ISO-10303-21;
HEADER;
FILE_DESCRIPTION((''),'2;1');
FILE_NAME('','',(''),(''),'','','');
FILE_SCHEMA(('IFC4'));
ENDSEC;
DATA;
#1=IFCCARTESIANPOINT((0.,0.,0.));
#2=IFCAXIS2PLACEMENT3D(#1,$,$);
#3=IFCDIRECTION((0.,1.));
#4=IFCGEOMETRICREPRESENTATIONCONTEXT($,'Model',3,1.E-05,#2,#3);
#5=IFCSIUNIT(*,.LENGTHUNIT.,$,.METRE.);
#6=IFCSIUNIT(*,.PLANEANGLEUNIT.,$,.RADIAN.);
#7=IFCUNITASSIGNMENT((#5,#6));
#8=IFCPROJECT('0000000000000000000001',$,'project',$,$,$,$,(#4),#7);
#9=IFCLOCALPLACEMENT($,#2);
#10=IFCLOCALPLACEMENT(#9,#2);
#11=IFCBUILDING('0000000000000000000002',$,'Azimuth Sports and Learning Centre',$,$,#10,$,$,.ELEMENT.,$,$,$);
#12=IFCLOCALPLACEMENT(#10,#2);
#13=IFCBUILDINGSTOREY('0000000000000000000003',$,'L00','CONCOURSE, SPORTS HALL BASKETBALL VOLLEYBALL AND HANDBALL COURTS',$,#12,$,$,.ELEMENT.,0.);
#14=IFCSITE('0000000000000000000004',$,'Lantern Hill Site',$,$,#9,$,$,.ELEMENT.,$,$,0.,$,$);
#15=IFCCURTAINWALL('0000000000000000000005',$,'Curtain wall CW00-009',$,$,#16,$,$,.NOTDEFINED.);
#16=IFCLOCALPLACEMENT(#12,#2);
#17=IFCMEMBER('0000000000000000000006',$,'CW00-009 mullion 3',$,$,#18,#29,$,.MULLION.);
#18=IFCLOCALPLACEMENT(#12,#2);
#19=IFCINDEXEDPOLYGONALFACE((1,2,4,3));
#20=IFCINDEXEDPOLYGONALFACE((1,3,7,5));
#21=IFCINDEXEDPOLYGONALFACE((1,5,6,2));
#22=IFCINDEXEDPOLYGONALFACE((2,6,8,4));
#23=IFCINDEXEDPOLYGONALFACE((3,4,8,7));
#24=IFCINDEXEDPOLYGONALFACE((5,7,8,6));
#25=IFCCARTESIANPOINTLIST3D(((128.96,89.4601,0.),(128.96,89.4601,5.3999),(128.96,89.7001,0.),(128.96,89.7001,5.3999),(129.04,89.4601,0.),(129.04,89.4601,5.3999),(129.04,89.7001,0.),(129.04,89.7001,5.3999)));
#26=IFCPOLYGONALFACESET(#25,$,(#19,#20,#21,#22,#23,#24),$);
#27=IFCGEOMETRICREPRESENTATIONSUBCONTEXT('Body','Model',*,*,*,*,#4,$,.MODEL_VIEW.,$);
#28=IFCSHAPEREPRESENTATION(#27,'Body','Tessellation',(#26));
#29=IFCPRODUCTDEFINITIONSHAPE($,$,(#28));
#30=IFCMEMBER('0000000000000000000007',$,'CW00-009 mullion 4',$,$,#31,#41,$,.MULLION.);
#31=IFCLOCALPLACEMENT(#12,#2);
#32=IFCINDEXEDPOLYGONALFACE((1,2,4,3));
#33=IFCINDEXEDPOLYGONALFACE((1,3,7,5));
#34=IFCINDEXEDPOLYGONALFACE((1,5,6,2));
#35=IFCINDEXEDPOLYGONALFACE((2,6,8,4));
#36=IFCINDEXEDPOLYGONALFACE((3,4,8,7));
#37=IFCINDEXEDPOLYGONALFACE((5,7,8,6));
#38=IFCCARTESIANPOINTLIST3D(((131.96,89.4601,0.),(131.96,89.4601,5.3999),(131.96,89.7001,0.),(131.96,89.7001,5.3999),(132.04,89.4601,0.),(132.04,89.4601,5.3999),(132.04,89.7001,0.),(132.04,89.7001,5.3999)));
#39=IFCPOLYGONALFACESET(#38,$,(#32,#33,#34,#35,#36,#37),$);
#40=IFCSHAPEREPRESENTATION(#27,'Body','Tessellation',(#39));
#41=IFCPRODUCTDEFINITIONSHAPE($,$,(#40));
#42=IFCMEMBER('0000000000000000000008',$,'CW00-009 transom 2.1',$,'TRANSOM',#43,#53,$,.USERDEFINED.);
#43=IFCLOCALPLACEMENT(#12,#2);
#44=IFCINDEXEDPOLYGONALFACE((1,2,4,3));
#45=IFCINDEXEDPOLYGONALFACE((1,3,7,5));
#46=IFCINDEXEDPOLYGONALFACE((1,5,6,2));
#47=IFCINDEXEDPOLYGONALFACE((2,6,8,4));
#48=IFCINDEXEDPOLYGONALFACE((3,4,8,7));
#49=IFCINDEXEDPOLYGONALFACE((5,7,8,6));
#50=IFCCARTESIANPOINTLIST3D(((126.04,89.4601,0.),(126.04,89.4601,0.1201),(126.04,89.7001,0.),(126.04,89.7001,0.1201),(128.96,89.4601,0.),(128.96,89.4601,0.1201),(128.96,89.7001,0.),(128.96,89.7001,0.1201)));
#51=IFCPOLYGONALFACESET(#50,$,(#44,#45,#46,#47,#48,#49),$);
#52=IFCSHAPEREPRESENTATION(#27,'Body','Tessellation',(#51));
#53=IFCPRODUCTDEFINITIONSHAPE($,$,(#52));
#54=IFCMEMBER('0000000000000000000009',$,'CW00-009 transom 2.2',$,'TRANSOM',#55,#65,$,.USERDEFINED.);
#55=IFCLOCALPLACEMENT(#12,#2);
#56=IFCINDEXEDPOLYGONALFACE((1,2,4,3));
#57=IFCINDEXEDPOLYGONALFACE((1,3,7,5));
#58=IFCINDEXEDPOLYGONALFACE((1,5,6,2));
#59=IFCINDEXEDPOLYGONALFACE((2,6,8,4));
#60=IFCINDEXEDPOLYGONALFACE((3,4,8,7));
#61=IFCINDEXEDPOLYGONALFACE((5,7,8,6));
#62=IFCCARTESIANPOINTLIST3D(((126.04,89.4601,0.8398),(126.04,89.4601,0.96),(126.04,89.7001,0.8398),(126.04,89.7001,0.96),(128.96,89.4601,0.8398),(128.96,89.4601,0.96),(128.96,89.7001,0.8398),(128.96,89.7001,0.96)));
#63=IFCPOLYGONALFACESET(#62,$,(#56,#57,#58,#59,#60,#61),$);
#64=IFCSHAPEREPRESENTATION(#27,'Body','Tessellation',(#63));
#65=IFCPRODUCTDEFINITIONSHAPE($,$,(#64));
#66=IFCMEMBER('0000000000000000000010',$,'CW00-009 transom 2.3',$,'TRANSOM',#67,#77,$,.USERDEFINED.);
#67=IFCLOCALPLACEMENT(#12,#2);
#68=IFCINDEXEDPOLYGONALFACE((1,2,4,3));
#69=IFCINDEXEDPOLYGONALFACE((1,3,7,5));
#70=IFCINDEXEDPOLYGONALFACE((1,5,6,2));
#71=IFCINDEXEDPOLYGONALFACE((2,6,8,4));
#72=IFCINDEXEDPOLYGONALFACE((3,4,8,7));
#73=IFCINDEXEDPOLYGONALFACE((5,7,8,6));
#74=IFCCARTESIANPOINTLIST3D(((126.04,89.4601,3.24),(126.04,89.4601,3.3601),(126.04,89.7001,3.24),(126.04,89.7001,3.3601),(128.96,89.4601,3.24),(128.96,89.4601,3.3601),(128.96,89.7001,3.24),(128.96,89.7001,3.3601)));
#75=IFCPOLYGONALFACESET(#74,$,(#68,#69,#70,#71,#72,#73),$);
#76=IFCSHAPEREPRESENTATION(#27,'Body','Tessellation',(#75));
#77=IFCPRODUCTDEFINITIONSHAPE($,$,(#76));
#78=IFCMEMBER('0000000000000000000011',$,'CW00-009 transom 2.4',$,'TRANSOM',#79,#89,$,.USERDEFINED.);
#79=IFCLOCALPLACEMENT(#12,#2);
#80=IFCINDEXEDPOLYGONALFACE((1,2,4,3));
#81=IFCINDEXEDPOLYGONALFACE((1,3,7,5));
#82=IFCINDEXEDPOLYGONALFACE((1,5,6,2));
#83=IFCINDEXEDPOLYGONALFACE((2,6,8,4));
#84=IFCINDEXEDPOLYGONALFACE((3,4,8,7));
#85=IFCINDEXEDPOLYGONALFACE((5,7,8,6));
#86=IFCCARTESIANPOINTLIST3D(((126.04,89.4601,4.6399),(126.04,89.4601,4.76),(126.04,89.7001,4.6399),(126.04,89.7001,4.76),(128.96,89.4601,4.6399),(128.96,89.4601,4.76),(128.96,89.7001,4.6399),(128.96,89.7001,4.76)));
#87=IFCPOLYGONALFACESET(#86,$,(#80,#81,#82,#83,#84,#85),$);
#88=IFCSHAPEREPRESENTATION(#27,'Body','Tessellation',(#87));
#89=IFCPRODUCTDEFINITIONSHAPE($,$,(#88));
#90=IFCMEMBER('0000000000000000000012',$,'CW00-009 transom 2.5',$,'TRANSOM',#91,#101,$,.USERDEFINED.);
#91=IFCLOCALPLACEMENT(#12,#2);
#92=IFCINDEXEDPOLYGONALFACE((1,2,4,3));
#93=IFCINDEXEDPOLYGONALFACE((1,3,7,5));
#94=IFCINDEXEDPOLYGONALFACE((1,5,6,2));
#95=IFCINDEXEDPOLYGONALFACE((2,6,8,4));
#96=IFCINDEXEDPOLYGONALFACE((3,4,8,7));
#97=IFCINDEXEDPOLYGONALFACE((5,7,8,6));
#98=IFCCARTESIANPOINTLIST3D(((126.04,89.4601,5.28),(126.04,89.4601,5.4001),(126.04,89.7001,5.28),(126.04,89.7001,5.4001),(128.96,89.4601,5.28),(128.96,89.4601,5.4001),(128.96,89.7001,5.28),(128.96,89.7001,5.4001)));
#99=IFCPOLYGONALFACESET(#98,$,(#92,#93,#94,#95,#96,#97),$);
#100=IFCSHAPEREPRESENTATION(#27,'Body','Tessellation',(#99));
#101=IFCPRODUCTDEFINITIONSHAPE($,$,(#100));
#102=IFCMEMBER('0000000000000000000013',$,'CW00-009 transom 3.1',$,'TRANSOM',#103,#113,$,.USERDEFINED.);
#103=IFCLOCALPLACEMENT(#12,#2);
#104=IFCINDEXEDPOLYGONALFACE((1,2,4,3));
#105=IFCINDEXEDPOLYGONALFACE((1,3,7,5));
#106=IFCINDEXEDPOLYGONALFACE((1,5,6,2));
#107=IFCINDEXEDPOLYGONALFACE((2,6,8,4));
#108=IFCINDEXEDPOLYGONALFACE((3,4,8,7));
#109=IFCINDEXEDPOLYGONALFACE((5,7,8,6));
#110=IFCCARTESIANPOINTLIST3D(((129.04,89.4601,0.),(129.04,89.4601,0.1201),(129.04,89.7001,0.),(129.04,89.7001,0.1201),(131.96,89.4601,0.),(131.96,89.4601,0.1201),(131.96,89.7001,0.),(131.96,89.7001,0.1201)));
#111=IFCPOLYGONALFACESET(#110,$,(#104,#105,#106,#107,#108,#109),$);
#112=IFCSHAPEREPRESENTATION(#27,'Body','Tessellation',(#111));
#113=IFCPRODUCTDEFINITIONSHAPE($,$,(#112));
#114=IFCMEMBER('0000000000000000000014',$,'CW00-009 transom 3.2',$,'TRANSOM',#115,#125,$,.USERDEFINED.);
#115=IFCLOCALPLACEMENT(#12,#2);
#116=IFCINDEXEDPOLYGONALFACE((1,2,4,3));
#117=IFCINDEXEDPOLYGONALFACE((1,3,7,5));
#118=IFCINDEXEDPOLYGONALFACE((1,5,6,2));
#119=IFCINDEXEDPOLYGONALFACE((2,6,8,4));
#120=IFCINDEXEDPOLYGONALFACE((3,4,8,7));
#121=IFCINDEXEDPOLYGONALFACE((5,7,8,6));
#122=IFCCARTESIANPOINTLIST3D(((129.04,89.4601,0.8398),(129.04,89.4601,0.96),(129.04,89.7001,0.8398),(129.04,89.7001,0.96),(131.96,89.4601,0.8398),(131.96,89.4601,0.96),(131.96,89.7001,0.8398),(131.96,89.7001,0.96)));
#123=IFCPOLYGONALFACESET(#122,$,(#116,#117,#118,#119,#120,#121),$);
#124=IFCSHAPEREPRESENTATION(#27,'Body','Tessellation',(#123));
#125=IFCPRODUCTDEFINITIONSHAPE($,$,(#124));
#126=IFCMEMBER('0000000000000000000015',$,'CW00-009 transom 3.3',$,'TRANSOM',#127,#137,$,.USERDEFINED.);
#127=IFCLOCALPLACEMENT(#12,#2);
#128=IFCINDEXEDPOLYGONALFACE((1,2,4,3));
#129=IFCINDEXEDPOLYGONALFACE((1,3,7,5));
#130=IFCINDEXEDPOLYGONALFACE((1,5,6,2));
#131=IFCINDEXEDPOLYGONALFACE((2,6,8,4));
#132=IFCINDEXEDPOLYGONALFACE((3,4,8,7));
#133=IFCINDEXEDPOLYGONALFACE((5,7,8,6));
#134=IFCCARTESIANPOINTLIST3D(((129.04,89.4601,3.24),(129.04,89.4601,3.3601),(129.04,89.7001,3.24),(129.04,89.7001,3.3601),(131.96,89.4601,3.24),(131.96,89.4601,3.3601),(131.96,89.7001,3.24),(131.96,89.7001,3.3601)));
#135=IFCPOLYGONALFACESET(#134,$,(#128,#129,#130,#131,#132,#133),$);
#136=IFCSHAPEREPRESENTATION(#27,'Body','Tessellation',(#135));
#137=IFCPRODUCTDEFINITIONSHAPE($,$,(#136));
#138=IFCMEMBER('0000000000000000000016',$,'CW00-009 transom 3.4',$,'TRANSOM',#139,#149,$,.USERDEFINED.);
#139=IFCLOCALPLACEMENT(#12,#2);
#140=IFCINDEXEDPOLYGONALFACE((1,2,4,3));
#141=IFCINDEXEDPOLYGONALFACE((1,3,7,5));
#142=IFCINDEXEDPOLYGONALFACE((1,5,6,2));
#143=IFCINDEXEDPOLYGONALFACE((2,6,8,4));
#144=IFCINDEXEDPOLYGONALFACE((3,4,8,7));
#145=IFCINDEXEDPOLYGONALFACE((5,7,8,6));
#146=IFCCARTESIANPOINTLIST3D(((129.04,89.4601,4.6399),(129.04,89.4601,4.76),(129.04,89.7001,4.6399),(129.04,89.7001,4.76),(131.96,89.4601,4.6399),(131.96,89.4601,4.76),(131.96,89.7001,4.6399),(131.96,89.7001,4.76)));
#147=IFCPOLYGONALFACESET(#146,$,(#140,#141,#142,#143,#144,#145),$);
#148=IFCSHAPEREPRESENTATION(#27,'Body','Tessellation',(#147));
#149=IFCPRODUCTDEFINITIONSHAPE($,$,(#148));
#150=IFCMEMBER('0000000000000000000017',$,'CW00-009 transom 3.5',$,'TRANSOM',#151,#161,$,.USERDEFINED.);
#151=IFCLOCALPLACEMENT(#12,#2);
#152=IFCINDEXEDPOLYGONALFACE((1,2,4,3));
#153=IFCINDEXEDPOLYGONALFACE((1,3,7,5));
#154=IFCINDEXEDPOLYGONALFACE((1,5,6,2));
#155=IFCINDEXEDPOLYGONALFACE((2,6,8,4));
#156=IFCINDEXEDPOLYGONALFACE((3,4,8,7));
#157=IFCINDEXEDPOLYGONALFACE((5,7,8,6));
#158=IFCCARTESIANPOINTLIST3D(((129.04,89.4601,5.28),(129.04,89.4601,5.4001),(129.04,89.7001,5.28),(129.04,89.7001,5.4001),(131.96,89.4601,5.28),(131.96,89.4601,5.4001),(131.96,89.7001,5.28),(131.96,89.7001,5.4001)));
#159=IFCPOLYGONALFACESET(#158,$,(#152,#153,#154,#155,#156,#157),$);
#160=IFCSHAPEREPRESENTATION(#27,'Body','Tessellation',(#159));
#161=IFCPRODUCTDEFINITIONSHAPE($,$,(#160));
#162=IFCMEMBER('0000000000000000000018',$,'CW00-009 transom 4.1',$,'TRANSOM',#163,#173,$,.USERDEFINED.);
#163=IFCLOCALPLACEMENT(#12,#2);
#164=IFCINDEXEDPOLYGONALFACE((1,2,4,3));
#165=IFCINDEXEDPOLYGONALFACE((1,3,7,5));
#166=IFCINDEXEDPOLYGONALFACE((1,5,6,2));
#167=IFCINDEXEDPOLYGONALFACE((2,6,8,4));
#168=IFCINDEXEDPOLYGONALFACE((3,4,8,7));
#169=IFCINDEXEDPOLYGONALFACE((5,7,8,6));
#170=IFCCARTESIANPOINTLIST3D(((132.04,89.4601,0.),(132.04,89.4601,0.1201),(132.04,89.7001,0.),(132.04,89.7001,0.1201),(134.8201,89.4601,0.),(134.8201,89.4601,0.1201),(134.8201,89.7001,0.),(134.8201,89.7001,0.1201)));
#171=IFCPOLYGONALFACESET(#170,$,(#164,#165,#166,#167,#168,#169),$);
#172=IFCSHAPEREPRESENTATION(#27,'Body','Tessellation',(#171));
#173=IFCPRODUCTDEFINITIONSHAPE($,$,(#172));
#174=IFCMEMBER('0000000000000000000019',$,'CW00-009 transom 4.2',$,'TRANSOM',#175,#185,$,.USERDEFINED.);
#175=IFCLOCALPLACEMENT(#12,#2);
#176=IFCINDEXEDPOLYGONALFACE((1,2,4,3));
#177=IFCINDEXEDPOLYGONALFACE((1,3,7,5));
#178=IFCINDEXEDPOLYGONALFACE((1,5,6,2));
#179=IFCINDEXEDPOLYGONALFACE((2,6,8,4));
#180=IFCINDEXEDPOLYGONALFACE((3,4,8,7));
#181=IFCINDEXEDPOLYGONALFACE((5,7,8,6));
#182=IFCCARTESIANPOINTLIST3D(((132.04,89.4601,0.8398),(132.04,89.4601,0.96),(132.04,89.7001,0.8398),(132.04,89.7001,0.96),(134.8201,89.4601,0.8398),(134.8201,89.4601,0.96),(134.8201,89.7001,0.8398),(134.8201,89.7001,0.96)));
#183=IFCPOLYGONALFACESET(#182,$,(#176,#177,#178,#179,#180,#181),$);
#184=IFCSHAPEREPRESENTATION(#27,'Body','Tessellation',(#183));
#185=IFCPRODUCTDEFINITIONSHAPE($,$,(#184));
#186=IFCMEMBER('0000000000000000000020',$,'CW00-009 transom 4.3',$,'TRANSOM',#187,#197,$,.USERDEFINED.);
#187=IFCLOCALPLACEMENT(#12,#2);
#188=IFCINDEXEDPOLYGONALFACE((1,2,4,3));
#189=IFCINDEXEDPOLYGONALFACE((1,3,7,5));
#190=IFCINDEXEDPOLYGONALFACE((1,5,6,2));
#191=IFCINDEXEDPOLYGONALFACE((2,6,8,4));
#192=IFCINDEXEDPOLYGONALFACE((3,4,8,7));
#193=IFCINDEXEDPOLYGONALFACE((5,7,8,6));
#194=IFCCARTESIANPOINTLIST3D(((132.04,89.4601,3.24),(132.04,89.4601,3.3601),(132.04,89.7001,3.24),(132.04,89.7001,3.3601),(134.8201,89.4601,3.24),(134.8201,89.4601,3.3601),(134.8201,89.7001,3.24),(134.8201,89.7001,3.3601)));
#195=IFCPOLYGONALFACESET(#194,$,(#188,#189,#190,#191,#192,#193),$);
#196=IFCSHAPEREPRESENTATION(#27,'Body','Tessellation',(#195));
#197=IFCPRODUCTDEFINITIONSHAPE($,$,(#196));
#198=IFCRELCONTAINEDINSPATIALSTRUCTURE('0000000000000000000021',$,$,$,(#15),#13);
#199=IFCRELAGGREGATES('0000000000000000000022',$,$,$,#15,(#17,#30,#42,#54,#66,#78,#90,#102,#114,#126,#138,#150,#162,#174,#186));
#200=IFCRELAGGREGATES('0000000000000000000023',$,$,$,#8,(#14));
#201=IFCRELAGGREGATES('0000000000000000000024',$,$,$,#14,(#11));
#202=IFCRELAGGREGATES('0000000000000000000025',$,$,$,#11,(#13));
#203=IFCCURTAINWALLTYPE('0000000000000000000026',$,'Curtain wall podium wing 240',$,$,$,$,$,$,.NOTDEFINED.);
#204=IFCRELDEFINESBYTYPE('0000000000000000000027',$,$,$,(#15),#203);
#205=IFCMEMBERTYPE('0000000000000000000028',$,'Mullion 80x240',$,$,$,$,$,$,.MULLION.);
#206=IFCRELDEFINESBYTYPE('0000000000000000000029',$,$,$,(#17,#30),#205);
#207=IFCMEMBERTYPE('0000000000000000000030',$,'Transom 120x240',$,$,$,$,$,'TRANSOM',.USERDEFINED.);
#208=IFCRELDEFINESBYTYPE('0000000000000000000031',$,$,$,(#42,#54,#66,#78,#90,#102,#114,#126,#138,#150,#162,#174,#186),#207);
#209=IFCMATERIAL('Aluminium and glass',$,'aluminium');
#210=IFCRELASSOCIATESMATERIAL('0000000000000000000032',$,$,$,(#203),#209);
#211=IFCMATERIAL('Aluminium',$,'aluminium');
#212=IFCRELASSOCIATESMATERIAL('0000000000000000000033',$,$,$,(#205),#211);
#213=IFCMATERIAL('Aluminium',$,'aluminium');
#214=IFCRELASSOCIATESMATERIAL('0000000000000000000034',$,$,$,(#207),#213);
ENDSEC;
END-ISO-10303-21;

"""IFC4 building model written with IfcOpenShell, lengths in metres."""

from ifc_helpers import new_model, si_unit, direction, frame, origin, origin_2d, place, context, subcontext, project, spatial, rectangle, extrude, material, material_profile, profile_set, type_object, element, aggregate, save


model = new_model("IFC4")

# Units and contexts
model_context = context("Model", 3, precision=1e-05, world=origin(), true_north=direction((0.0, 1.0)))
body_context = subcontext(model_context, "Body", "Model", "MODEL_VIEW")
ifc_project = project(units=[si_unit("LENGTHUNIT", "METRE"), si_unit("PLANEANGLEUNIT", "RADIAN")], contexts=[model_context])

# Site, building, storey
site_placement = place(None, origin())
site = spatial("IfcSite", under=ifc_project, at=site_placement, Name="Lantern Hill Site", CompositionType="ELEMENT", RefElevation=0.0)
building_placement = place(site_placement, origin())
building = spatial("IfcBuilding", under=site, at=building_placement, Name="Azimuth Sports and Learning Centre", CompositionType="ELEMENT")
storey_placement = place(building_placement, origin())
storey = spatial("IfcBuildingStorey", under=building, at=storey_placement, Name="L00", Description="CONCOURSE, SPORTS HALL BASKETBALL VOLLEYBALL AND HANDBALL COURTS", CompositionType="ELEMENT", Elevation=0.0)

# Curtain wall, members
ifc_material_1 = material(Name="Aluminium and glass", Category="aluminium")
curtain_wall_type = type_object("IfcCurtainWallType", Name="Curtain wall podium wing 240", PredefinedType="NOTDEFINED", material=ifc_material_1)
curtain_wall_placement = place(storey_placement, origin())
curtain_wall = element("IfcCurtainWall", 1, at=curtain_wall_placement, inside=storey, type_object=curtain_wall_type, Name="Curtain wall CW00-009", PredefinedType="NOTDEFINED")
ifc_material_2 = material(Name="Aluminium", Category="aluminium")
ifc_material_profile_1 = material_profile(ifc_material_2, rectangle(XDim=0.24, YDim=0.0801, at=origin_2d()), Name="Mullion 80x240")
ifc_profile_set_1 = profile_set([ifc_material_profile_1], Name="Aluminium")
member_type_1 = type_object("IfcMemberType", Name="Mullion 80x240", PredefinedType="MULLION", material=ifc_profile_set_1)
member_1_placement = place(storey_placement, frame((129.0, 89.5801, 0.0), z_axis=(0.0, 0.0, 1.0), x_axis=(0.0, 1.0, 0.0)))
member_1 = element("IfcMember", 2, at=member_1_placement, type_object=member_type_1, Name="CW00-009 mullion 3", PredefinedType="MULLION", context=body_context, shape_type="SweptSolid", body=[
    extrude(rectangle(XDim=0.24, YDim=0.0801, at=origin_2d()), origin(), (0.0, 0.0, 1.0), 5.3999),
])
member_2_placement = place(storey_placement, frame((132.0, 89.5801, 0.0), z_axis=(0.0, 0.0, 1.0), x_axis=(0.0, 1.0, 0.0)))
member_2 = element("IfcMember", 3, at=member_2_placement, type_object=member_type_1, Name="CW00-009 mullion 4", PredefinedType="MULLION", context=body_context, shape_type="SweptSolid", body=[
    extrude(rectangle(XDim=0.24, YDim=0.0801, at=origin_2d()), origin(), (0.0, 0.0, 1.0), 5.3999),
])
ifc_material_3 = material(Name="Aluminium", Category="aluminium")
ifc_material_profile_2 = material_profile(ifc_material_3, rectangle(XDim=0.24, YDim=0.1201, at=origin_2d()), Name="Transom 120x240")
ifc_profile_set_2 = profile_set([ifc_material_profile_2], Name="Aluminium")
member_type_2 = type_object("IfcMemberType", Name="Transom 120x240", ElementType="TRANSOM", PredefinedType="USERDEFINED", material=ifc_profile_set_2)
member_3_placement = place(storey_placement, frame((126.04, 89.5801, 0.0601), z_axis=(1.0, 0.0, 0.0), x_axis=(0.0, 1.0, 0.0)))
member_3 = element("IfcMember", 4, at=member_3_placement, type_object=member_type_2, Name="CW00-009 transom 2.1", ObjectType="TRANSOM", PredefinedType="USERDEFINED", context=body_context, shape_type="SweptSolid", body=[
    extrude(rectangle(XDim=0.24, YDim=0.1201, at=origin_2d()), origin(), (0.0, 0.0, 1.0), 2.9199),
])
member_4_placement = place(storey_placement, frame((126.04, 89.5801, 0.8999), z_axis=(1.0, 0.0, 0.0), x_axis=(0.0, 1.0, 0.0)))
member_4 = element("IfcMember", 5, at=member_4_placement, type_object=member_type_2, Name="CW00-009 transom 2.2", ObjectType="TRANSOM", PredefinedType="USERDEFINED", context=body_context, shape_type="SweptSolid", body=[
    extrude(rectangle(XDim=0.24, YDim=0.1201, at=origin_2d()), origin(), (0.0, 0.0, 1.0), 2.9199),
])
member_5_placement = place(storey_placement, frame((126.04, 89.5801, 3.3), z_axis=(1.0, 0.0, 0.0), x_axis=(0.0, 1.0, 0.0)))
member_5 = element("IfcMember", 6, at=member_5_placement, type_object=member_type_2, Name="CW00-009 transom 2.3", ObjectType="TRANSOM", PredefinedType="USERDEFINED", context=body_context, shape_type="SweptSolid", body=[
    extrude(rectangle(XDim=0.24, YDim=0.1201, at=origin_2d()), origin(), (0.0, 0.0, 1.0), 2.9199),
])
member_6_placement = place(storey_placement, frame((126.04, 89.5801, 4.7), z_axis=(1.0, 0.0, 0.0), x_axis=(0.0, 1.0, 0.0)))
member_6 = element("IfcMember", 7, at=member_6_placement, type_object=member_type_2, Name="CW00-009 transom 2.4", ObjectType="TRANSOM", PredefinedType="USERDEFINED", context=body_context, shape_type="SweptSolid", body=[
    extrude(rectangle(XDim=0.24, YDim=0.1201, at=origin_2d()), origin(), (0.0, 0.0, 1.0), 2.9199),
])
member_7_placement = place(storey_placement, frame((126.04, 89.5801, 5.3401), z_axis=(1.0, 0.0, 0.0), x_axis=(0.0, 1.0, 0.0)))
member_7 = element("IfcMember", 8, at=member_7_placement, type_object=member_type_2, Name="CW00-009 transom 2.5", ObjectType="TRANSOM", PredefinedType="USERDEFINED", context=body_context, shape_type="SweptSolid", body=[
    extrude(rectangle(XDim=0.24, YDim=0.1201, at=origin_2d()), origin(), (0.0, 0.0, 1.0), 2.9199),
])
member_8_placement = place(storey_placement, frame((129.04, 89.5801, 0.0601), z_axis=(1.0, 0.0, 0.0), x_axis=(0.0, 1.0, 0.0)))
member_8 = element("IfcMember", 9, at=member_8_placement, type_object=member_type_2, Name="CW00-009 transom 3.1", ObjectType="TRANSOM", PredefinedType="USERDEFINED", context=body_context, shape_type="SweptSolid", body=[
    extrude(rectangle(XDim=0.24, YDim=0.1201, at=origin_2d()), origin(), (0.0, 0.0, 1.0), 2.9199),
])
member_9_placement = place(storey_placement, frame((129.04, 89.5801, 0.8999), z_axis=(1.0, 0.0, 0.0), x_axis=(0.0, 1.0, 0.0)))
member_9 = element("IfcMember", 10, at=member_9_placement, type_object=member_type_2, Name="CW00-009 transom 3.2", ObjectType="TRANSOM", PredefinedType="USERDEFINED", context=body_context, shape_type="SweptSolid", body=[
    extrude(rectangle(XDim=0.24, YDim=0.1201, at=origin_2d()), origin(), (0.0, 0.0, 1.0), 2.9199),
])
member_10_placement = place(storey_placement, frame((129.04, 89.5801, 3.3), z_axis=(1.0, 0.0, 0.0), x_axis=(0.0, 1.0, 0.0)))
member_10 = element("IfcMember", 11, at=member_10_placement, type_object=member_type_2, Name="CW00-009 transom 3.3", ObjectType="TRANSOM", PredefinedType="USERDEFINED", context=body_context, shape_type="SweptSolid", body=[
    extrude(rectangle(XDim=0.24, YDim=0.1201, at=origin_2d()), origin(), (0.0, 0.0, 1.0), 2.9199),
])
member_11_placement = place(storey_placement, frame((129.04, 89.5801, 4.7), z_axis=(1.0, 0.0, 0.0), x_axis=(0.0, 1.0, 0.0)))
member_11 = element("IfcMember", 12, at=member_11_placement, type_object=member_type_2, Name="CW00-009 transom 3.4", ObjectType="TRANSOM", PredefinedType="USERDEFINED", context=body_context, shape_type="SweptSolid", body=[
    extrude(rectangle(XDim=0.24, YDim=0.1201, at=origin_2d()), origin(), (0.0, 0.0, 1.0), 2.9199),
])
member_12_placement = place(storey_placement, frame((129.04, 89.5801, 5.3401), z_axis=(1.0, 0.0, 0.0), x_axis=(0.0, 1.0, 0.0)))
member_12 = element("IfcMember", 13, at=member_12_placement, type_object=member_type_2, Name="CW00-009 transom 3.5", ObjectType="TRANSOM", PredefinedType="USERDEFINED", context=body_context, shape_type="SweptSolid", body=[
    extrude(rectangle(XDim=0.24, YDim=0.1201, at=origin_2d()), origin(), (0.0, 0.0, 1.0), 2.9199),
])
member_13_placement = place(storey_placement, frame((132.04, 89.5801, 0.0601), z_axis=(1.0, 0.0, 0.0), x_axis=(0.0, 1.0, 0.0)))
member_13 = element("IfcMember", 14, at=member_13_placement, type_object=member_type_2, Name="CW00-009 transom 4.1", ObjectType="TRANSOM", PredefinedType="USERDEFINED", context=body_context, shape_type="SweptSolid", body=[
    extrude(rectangle(XDim=0.24, YDim=0.1201, at=origin_2d()), origin(), (0.0, 0.0, 1.0), 2.78),
])
member_14_placement = place(storey_placement, frame((132.04, 89.5801, 0.8999), z_axis=(1.0, 0.0, 0.0), x_axis=(0.0, 1.0, 0.0)))
member_14 = element("IfcMember", 15, at=member_14_placement, type_object=member_type_2, Name="CW00-009 transom 4.2", ObjectType="TRANSOM", PredefinedType="USERDEFINED", context=body_context, shape_type="SweptSolid", body=[
    extrude(rectangle(XDim=0.24, YDim=0.1201, at=origin_2d()), origin(), (0.0, 0.0, 1.0), 2.78),
])
member_15_placement = place(storey_placement, frame((132.04, 89.5801, 3.3), z_axis=(1.0, 0.0, 0.0), x_axis=(0.0, 1.0, 0.0)))
member_15 = element("IfcMember", 16, at=member_15_placement, type_object=member_type_2, Name="CW00-009 transom 4.3", ObjectType="TRANSOM", PredefinedType="USERDEFINED", context=body_context, shape_type="SweptSolid", body=[
    extrude(rectangle(XDim=0.24, YDim=0.1201, at=origin_2d()), origin(), (0.0, 0.0, 1.0), 2.78),
])
aggregate(curtain_wall, [member_1, member_2, member_3, member_4, member_5, member_6, member_7, member_8, member_9, member_10, member_11, member_12, member_13, member_14, member_15])

save(model, "model.ifc")
